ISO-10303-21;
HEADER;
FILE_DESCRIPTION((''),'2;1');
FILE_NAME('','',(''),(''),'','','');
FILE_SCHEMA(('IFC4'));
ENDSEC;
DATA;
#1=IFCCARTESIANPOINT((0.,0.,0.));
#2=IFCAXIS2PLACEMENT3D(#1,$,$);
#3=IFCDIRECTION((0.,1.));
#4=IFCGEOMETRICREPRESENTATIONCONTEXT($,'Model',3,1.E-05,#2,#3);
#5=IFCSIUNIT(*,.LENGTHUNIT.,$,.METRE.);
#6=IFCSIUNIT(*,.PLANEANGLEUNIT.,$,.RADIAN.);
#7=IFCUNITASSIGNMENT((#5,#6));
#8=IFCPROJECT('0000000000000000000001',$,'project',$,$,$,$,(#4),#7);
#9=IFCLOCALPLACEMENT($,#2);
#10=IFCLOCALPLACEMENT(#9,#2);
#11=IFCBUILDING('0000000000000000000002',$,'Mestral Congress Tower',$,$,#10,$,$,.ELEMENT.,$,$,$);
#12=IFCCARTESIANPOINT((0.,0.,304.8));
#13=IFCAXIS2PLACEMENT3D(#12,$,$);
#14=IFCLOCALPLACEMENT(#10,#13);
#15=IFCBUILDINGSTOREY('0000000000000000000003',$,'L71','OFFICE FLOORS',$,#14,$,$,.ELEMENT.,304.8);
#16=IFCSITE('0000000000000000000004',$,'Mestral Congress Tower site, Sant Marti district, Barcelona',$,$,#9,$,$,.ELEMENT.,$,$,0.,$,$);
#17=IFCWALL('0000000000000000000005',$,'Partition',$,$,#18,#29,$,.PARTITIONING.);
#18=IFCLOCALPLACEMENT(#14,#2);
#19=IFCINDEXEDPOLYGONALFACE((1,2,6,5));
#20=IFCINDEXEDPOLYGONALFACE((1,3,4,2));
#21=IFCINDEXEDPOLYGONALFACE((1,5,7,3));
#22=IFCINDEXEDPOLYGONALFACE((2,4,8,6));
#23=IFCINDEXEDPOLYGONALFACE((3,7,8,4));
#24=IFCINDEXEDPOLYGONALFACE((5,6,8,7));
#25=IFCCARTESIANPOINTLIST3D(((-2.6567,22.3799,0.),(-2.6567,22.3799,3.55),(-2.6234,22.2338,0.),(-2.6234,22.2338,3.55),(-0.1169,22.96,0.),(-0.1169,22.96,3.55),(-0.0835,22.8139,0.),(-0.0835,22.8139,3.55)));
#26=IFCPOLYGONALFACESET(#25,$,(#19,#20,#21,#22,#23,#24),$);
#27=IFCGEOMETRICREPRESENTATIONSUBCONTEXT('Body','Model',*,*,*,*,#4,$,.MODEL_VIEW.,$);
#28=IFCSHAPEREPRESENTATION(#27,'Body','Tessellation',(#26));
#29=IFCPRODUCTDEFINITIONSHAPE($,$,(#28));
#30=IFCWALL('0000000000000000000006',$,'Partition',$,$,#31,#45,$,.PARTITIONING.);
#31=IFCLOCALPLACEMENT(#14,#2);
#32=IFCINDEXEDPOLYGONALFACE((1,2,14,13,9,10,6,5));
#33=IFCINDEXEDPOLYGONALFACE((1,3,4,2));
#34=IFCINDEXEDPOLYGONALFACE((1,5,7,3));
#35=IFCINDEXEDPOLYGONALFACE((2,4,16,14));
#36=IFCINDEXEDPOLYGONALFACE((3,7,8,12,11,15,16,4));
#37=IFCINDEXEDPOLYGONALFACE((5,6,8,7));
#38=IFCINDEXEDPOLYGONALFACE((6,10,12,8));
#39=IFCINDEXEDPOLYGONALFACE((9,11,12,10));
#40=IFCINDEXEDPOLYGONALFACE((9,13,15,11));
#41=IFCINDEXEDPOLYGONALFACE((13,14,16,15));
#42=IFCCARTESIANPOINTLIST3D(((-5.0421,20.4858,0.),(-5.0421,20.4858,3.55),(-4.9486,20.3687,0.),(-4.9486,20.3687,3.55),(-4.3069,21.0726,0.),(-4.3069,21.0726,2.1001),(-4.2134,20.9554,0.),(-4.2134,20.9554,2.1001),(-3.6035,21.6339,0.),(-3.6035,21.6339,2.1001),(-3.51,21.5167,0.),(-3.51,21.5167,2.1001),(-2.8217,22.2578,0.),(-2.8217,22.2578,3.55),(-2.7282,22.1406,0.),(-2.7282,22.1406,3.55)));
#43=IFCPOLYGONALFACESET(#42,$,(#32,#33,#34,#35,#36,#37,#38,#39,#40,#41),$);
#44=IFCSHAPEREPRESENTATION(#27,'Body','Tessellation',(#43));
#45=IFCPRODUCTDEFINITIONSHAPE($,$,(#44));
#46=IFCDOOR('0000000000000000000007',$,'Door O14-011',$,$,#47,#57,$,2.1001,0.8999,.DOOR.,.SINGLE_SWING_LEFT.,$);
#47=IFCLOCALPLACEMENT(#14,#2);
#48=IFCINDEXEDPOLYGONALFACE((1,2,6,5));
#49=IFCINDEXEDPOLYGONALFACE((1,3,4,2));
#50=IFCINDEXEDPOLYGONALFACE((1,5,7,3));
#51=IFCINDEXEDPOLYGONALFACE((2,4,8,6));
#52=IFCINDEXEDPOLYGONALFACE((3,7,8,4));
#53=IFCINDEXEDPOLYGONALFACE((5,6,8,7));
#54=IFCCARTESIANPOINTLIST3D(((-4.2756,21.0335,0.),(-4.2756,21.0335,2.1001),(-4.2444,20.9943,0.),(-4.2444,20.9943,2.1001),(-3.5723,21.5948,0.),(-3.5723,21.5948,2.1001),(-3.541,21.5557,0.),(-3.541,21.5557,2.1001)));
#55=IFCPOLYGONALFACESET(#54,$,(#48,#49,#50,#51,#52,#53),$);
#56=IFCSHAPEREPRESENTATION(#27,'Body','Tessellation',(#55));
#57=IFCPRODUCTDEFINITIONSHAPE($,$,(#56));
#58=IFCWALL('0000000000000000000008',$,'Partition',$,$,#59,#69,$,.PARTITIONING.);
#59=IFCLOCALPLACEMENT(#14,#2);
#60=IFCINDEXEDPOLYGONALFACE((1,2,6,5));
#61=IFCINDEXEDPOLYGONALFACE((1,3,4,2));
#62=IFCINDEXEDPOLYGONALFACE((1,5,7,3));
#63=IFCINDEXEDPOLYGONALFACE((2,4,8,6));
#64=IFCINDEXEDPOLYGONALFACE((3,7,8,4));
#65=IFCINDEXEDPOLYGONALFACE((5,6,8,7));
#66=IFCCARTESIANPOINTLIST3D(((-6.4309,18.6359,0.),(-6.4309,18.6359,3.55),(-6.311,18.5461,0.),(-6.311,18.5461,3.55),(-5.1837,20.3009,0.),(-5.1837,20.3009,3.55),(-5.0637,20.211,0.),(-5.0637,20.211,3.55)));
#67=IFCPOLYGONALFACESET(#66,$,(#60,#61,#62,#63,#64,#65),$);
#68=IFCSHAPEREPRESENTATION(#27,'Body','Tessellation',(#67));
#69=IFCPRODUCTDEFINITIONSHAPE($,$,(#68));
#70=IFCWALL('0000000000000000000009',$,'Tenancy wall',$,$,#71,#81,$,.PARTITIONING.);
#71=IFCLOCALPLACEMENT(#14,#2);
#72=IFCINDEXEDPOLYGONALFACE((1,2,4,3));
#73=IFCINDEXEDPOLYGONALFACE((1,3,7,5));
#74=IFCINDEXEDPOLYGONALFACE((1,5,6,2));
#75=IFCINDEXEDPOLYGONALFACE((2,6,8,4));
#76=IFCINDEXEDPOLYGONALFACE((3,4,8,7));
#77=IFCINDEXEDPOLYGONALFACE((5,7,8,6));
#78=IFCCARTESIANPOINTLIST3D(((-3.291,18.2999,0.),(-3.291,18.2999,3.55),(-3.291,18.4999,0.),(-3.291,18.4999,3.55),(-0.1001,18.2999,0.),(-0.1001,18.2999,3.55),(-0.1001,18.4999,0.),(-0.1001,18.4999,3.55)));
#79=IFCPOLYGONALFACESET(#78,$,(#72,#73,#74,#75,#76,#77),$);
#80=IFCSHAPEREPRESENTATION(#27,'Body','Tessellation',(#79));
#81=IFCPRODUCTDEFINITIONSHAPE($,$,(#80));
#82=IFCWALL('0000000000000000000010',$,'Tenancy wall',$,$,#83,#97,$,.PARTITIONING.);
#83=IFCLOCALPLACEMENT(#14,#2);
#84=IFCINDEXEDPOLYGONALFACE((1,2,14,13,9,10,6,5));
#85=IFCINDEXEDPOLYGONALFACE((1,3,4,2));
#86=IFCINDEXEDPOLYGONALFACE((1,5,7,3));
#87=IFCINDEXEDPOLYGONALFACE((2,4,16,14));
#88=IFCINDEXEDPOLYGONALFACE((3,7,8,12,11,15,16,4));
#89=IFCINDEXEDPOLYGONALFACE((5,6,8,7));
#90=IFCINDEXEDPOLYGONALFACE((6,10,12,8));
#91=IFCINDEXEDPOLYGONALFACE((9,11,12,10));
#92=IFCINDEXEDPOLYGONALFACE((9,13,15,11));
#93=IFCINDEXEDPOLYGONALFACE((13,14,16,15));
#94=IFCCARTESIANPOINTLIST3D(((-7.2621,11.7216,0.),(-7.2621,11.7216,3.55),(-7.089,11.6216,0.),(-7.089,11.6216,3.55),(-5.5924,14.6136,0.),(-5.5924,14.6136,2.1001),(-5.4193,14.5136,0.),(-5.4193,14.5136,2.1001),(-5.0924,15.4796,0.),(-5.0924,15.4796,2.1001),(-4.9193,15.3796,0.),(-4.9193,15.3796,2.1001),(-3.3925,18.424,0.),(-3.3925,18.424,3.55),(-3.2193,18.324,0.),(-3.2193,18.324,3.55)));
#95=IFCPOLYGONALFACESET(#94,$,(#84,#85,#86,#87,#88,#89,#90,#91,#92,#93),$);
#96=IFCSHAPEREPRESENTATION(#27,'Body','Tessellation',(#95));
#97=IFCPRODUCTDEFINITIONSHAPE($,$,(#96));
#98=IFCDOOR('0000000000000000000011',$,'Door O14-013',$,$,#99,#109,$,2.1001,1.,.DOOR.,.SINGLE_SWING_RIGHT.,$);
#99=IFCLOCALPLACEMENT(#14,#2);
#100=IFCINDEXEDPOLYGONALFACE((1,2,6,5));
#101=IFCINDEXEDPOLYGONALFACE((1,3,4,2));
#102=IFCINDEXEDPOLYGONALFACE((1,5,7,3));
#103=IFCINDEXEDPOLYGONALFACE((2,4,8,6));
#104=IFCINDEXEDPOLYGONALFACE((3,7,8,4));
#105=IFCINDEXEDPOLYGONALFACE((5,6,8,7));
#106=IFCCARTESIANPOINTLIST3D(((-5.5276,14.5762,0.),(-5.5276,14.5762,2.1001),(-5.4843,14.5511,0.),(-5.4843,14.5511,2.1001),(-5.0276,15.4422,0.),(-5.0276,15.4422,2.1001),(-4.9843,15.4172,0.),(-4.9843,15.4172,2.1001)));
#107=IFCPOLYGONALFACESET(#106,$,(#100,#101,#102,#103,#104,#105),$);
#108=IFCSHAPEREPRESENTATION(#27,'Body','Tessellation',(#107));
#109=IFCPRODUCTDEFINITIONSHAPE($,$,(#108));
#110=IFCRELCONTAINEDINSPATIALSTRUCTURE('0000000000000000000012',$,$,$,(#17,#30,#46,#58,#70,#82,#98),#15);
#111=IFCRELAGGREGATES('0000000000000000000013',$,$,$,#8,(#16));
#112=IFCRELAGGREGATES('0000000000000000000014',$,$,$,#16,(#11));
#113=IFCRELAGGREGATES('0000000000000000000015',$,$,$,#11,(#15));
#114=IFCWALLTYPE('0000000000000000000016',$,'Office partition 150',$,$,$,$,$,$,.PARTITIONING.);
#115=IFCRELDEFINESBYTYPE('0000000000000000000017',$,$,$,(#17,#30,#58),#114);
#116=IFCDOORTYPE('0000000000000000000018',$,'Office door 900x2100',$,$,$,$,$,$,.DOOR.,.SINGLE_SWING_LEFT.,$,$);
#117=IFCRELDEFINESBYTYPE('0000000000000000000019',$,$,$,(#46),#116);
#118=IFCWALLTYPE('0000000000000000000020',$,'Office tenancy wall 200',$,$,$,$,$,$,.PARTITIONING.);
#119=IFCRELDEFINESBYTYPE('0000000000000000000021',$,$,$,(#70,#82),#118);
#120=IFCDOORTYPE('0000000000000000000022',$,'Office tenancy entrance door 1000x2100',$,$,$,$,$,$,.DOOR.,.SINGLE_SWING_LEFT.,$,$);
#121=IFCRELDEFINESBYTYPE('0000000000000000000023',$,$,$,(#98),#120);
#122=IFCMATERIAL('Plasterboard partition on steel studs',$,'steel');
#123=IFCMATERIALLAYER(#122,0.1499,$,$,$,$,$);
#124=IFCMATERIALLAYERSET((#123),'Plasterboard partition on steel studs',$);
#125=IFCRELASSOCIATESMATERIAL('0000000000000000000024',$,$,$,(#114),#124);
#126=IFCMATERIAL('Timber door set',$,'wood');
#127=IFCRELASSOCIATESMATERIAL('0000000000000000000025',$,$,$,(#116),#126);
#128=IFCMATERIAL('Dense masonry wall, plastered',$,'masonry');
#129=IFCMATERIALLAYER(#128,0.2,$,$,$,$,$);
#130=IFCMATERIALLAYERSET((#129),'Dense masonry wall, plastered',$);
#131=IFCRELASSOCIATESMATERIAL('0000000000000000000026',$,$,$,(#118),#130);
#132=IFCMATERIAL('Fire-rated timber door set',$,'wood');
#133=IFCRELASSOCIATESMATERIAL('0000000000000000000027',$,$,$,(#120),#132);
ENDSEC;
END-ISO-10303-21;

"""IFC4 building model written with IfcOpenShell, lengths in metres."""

from ifc_helpers import new_model, si_unit, direction, frame, frame_2d, origin, place, context, subcontext, project, spatial, rectangle, extrude, material, layer, layer_set, type_object, element, fill, save


model = new_model("IFC4")

# Units and contexts
model_context = context("Model", 3, precision=1e-05, world=origin(), true_north=direction((0.0, 1.0)))
body_context = subcontext(model_context, "Body", "Model", "MODEL_VIEW")
ifc_project = project(units=[si_unit("LENGTHUNIT", "METRE"), si_unit("PLANEANGLEUNIT", "RADIAN")], contexts=[model_context])

# Site, building, storey
site_placement = place(None, origin())
site = spatial("IfcSite", under=ifc_project, at=site_placement, Name="Mestral Congress Tower site, Sant Marti district, Barcelona", CompositionType="ELEMENT", RefElevation=0.0)
building_placement = place(site_placement, origin())
building = spatial("IfcBuilding", under=site, at=building_placement, Name="Mestral Congress Tower", CompositionType="ELEMENT")
storey_placement = place(building_placement, frame((0.0, 0.0, 304.8)))
storey = spatial("IfcBuildingStorey", under=building, at=storey_placement, Name="L71", Description="OFFICE FLOORS", CompositionType="ELEMENT", Elevation=304.8)

# Wall
ifc_material_1 = material(Name="Plasterboard partition on steel studs", Category="steel")
ifc_layer_1 = layer(ifc_material_1, 0.1499)
ifc_layer_set_1 = layer_set([ifc_layer_1], Name="Plasterboard partition on steel studs")
wall_type_1 = type_object("IfcWallType", Name="Office partition 150", PredefinedType="PARTITIONING", material=ifc_layer_set_1)
wall_1_placement = place(storey_placement, frame((-0.1001, 22.887, 0.0), z_axis=(0.0, 0.0, 1.0), x_axis=(-0.974896, -0.222662, 0.0)))
element("IfcWall", 1, at=wall_1_placement, inside=storey, type_object=wall_type_1, Name="Partition", PredefinedType="PARTITIONING", context=body_context, shape_type="SweptSolid", body=[
    extrude(rectangle(XDim=2.6052, YDim=0.1499, at=frame_2d((1.3027, 0.0))), origin(), (0.0, 0.0, 1.0), 3.55),
])

# Wall, opening, door
wall_2_placement = place(storey_placement, frame((-4.9954, 20.4272, 0.0), z_axis=(0.0, 0.0, 1.0), x_axis=(0.781623, 0.623751, 0.0)))
wall_2 = element("IfcWall", 2, at=wall_2_placement, inside=storey, type_object=wall_type_1, Name="Partition", PredefinedType="PARTITIONING", context=body_context, shape_type="SweptSolid", body=[
    extrude(rectangle(XDim=2.8408, YDim=0.1499, at=frame_2d((1.4204, 0.0))), origin(), (0.0, 0.0, 1.0), 3.55),
])
opening_1_placement = place(wall_2_placement, frame((0.9407, 0.0, 0.0)))
opening_1 = element("IfcOpeningElement", 3, at=opening_1_placement, cuts=wall_2, PredefinedType="OPENING", context=body_context, shape_type="SweptSolid", body=[
    extrude(rectangle(XDim=0.8999, YDim=2.1001, at=frame_2d((0.45, 1.05))), frame((0.0, 0.085, 0.0), z_axis=(0.0, -1.0, 0.0), x_axis=(1.0, 0.0, 0.0)), (0.0, 0.0, 1.0), 0.1699),
])
ifc_material_2 = material(Name="Timber door set", Category="wood")
door_type_1 = type_object("IfcDoorType", Name="Office door 900x2100", OperationType="SINGLE_SWING_LEFT", PredefinedType="DOOR", material=ifc_material_2)
door_1_placement = place(opening_1_placement, origin())
door_1 = element("IfcDoor", 4, at=door_1_placement, inside=storey, type_object=door_type_1, Name="Door O14-011", OperationType="SINGLE_SWING_LEFT", OverallHeight=2.1001, OverallWidth=0.8999, PredefinedType="DOOR", context=body_context, shape_type="SweptSolid", body=[
    extrude(rectangle(XDim=0.8999, YDim=2.1001, at=frame_2d((0.45, 1.05))), frame((0.0, 0.0249, 0.0), z_axis=(0.0, -1.0, 0.0), x_axis=(1.0, 0.0, 0.0)), (0.0, 0.0, 1.0), 0.05),
])
fill(opening_1, door_1)

# Walls
wall_3_placement = place(storey_placement, frame((-5.1238, 20.2559, 0.0), z_axis=(0.0, 0.0, 1.0), x_axis=(-0.599549, -0.800338, 0.0)))
element("IfcWall", 5, at=wall_3_placement, inside=storey, type_object=wall_type_1, Name="Partition", PredefinedType="PARTITIONING", context=body_context, shape_type="SweptSolid", body=[
    extrude(rectangle(XDim=2.0803, YDim=0.1499, at=frame_2d((1.04, 0.0))), origin(), (0.0, 0.0, 1.0), 3.55),
])
ifc_material_3 = material(Name="Dense masonry wall, plastered", Category="masonry")
ifc_layer_2 = layer(ifc_material_3, 0.2)
ifc_layer_set_2 = layer_set([ifc_layer_2], Name="Dense masonry wall, plastered")
wall_type_2 = type_object("IfcWallType", Name="Office tenancy wall 200", PredefinedType="PARTITIONING", material=ifc_layer_set_2)
wall_4_placement = place(storey_placement, frame((-0.1001, 18.3999, 0.0), z_axis=(0.0, 0.0, 1.0), x_axis=(-1.0, 0.0, 0.0)))
element("IfcWall", 6, at=wall_4_placement, inside=storey, type_object=wall_type_2, Name="Tenancy wall", PredefinedType="PARTITIONING", context=body_context, shape_type="SweptSolid", body=[
    extrude(rectangle(XDim=3.1909, YDim=0.2, at=frame_2d((1.5955, 0.0))), origin(), (0.0, 0.0, 1.0), 3.55),
])

# Wall, opening, door
wall_5_placement = place(storey_placement, frame((-3.3059, 18.374, 0.0), z_axis=(0.0, 0.0, 1.0), x_axis=(-0.5, -0.866025, 0.0)))
wall_5 = element("IfcWall", 7, at=wall_5_placement, inside=storey, type_object=wall_type_2, Name="Tenancy wall", PredefinedType="PARTITIONING", context=body_context, shape_type="SweptSolid", body=[
    extrude(rectangle(XDim=7.7393, YDim=0.2, at=frame_2d((3.8696, 0.0))), origin(), (0.0, 0.0, 1.0), 3.55),
])
opening_2_placement = place(wall_5_placement, frame((3.3999, 0.0, 0.0)))
opening_2 = element("IfcOpeningElement", 8, at=opening_2_placement, cuts=wall_5, PredefinedType="OPENING", context=body_context, shape_type="SweptSolid", body=[
    extrude(rectangle(XDim=1.0, YDim=2.1001, at=frame_2d((0.5, 1.05))), frame((0.0, 0.1099, 0.0), z_axis=(0.0, -1.0, 0.0), x_axis=(1.0, 0.0, 0.0)), (0.0, 0.0, 1.0), 0.22),
])
ifc_material_4 = material(Name="Fire-rated timber door set", Category="wood")
door_type_2 = type_object("IfcDoorType", Name="Office tenancy entrance door 1000x2100", OperationType="SINGLE_SWING_LEFT", PredefinedType="DOOR", material=ifc_material_4)
door_2_placement = place(opening_2_placement, origin())
door_2 = element("IfcDoor", 9, at=door_2_placement, inside=storey, type_object=door_type_2, Name="Door O14-013", OperationType="SINGLE_SWING_RIGHT", OverallHeight=2.1001, OverallWidth=1.0, PredefinedType="DOOR", context=body_context, shape_type="SweptSolid", body=[
    extrude(rectangle(XDim=1.0, YDim=2.1001, at=frame_2d((0.5, 1.05))), frame((0.0, 0.0249, 0.0), z_axis=(0.0, -1.0, 0.0), x_axis=(1.0, 0.0, 0.0)), (0.0, 0.0, 1.0), 0.05),
])
fill(opening_2, door_2)

save(model, "model.ifc")
